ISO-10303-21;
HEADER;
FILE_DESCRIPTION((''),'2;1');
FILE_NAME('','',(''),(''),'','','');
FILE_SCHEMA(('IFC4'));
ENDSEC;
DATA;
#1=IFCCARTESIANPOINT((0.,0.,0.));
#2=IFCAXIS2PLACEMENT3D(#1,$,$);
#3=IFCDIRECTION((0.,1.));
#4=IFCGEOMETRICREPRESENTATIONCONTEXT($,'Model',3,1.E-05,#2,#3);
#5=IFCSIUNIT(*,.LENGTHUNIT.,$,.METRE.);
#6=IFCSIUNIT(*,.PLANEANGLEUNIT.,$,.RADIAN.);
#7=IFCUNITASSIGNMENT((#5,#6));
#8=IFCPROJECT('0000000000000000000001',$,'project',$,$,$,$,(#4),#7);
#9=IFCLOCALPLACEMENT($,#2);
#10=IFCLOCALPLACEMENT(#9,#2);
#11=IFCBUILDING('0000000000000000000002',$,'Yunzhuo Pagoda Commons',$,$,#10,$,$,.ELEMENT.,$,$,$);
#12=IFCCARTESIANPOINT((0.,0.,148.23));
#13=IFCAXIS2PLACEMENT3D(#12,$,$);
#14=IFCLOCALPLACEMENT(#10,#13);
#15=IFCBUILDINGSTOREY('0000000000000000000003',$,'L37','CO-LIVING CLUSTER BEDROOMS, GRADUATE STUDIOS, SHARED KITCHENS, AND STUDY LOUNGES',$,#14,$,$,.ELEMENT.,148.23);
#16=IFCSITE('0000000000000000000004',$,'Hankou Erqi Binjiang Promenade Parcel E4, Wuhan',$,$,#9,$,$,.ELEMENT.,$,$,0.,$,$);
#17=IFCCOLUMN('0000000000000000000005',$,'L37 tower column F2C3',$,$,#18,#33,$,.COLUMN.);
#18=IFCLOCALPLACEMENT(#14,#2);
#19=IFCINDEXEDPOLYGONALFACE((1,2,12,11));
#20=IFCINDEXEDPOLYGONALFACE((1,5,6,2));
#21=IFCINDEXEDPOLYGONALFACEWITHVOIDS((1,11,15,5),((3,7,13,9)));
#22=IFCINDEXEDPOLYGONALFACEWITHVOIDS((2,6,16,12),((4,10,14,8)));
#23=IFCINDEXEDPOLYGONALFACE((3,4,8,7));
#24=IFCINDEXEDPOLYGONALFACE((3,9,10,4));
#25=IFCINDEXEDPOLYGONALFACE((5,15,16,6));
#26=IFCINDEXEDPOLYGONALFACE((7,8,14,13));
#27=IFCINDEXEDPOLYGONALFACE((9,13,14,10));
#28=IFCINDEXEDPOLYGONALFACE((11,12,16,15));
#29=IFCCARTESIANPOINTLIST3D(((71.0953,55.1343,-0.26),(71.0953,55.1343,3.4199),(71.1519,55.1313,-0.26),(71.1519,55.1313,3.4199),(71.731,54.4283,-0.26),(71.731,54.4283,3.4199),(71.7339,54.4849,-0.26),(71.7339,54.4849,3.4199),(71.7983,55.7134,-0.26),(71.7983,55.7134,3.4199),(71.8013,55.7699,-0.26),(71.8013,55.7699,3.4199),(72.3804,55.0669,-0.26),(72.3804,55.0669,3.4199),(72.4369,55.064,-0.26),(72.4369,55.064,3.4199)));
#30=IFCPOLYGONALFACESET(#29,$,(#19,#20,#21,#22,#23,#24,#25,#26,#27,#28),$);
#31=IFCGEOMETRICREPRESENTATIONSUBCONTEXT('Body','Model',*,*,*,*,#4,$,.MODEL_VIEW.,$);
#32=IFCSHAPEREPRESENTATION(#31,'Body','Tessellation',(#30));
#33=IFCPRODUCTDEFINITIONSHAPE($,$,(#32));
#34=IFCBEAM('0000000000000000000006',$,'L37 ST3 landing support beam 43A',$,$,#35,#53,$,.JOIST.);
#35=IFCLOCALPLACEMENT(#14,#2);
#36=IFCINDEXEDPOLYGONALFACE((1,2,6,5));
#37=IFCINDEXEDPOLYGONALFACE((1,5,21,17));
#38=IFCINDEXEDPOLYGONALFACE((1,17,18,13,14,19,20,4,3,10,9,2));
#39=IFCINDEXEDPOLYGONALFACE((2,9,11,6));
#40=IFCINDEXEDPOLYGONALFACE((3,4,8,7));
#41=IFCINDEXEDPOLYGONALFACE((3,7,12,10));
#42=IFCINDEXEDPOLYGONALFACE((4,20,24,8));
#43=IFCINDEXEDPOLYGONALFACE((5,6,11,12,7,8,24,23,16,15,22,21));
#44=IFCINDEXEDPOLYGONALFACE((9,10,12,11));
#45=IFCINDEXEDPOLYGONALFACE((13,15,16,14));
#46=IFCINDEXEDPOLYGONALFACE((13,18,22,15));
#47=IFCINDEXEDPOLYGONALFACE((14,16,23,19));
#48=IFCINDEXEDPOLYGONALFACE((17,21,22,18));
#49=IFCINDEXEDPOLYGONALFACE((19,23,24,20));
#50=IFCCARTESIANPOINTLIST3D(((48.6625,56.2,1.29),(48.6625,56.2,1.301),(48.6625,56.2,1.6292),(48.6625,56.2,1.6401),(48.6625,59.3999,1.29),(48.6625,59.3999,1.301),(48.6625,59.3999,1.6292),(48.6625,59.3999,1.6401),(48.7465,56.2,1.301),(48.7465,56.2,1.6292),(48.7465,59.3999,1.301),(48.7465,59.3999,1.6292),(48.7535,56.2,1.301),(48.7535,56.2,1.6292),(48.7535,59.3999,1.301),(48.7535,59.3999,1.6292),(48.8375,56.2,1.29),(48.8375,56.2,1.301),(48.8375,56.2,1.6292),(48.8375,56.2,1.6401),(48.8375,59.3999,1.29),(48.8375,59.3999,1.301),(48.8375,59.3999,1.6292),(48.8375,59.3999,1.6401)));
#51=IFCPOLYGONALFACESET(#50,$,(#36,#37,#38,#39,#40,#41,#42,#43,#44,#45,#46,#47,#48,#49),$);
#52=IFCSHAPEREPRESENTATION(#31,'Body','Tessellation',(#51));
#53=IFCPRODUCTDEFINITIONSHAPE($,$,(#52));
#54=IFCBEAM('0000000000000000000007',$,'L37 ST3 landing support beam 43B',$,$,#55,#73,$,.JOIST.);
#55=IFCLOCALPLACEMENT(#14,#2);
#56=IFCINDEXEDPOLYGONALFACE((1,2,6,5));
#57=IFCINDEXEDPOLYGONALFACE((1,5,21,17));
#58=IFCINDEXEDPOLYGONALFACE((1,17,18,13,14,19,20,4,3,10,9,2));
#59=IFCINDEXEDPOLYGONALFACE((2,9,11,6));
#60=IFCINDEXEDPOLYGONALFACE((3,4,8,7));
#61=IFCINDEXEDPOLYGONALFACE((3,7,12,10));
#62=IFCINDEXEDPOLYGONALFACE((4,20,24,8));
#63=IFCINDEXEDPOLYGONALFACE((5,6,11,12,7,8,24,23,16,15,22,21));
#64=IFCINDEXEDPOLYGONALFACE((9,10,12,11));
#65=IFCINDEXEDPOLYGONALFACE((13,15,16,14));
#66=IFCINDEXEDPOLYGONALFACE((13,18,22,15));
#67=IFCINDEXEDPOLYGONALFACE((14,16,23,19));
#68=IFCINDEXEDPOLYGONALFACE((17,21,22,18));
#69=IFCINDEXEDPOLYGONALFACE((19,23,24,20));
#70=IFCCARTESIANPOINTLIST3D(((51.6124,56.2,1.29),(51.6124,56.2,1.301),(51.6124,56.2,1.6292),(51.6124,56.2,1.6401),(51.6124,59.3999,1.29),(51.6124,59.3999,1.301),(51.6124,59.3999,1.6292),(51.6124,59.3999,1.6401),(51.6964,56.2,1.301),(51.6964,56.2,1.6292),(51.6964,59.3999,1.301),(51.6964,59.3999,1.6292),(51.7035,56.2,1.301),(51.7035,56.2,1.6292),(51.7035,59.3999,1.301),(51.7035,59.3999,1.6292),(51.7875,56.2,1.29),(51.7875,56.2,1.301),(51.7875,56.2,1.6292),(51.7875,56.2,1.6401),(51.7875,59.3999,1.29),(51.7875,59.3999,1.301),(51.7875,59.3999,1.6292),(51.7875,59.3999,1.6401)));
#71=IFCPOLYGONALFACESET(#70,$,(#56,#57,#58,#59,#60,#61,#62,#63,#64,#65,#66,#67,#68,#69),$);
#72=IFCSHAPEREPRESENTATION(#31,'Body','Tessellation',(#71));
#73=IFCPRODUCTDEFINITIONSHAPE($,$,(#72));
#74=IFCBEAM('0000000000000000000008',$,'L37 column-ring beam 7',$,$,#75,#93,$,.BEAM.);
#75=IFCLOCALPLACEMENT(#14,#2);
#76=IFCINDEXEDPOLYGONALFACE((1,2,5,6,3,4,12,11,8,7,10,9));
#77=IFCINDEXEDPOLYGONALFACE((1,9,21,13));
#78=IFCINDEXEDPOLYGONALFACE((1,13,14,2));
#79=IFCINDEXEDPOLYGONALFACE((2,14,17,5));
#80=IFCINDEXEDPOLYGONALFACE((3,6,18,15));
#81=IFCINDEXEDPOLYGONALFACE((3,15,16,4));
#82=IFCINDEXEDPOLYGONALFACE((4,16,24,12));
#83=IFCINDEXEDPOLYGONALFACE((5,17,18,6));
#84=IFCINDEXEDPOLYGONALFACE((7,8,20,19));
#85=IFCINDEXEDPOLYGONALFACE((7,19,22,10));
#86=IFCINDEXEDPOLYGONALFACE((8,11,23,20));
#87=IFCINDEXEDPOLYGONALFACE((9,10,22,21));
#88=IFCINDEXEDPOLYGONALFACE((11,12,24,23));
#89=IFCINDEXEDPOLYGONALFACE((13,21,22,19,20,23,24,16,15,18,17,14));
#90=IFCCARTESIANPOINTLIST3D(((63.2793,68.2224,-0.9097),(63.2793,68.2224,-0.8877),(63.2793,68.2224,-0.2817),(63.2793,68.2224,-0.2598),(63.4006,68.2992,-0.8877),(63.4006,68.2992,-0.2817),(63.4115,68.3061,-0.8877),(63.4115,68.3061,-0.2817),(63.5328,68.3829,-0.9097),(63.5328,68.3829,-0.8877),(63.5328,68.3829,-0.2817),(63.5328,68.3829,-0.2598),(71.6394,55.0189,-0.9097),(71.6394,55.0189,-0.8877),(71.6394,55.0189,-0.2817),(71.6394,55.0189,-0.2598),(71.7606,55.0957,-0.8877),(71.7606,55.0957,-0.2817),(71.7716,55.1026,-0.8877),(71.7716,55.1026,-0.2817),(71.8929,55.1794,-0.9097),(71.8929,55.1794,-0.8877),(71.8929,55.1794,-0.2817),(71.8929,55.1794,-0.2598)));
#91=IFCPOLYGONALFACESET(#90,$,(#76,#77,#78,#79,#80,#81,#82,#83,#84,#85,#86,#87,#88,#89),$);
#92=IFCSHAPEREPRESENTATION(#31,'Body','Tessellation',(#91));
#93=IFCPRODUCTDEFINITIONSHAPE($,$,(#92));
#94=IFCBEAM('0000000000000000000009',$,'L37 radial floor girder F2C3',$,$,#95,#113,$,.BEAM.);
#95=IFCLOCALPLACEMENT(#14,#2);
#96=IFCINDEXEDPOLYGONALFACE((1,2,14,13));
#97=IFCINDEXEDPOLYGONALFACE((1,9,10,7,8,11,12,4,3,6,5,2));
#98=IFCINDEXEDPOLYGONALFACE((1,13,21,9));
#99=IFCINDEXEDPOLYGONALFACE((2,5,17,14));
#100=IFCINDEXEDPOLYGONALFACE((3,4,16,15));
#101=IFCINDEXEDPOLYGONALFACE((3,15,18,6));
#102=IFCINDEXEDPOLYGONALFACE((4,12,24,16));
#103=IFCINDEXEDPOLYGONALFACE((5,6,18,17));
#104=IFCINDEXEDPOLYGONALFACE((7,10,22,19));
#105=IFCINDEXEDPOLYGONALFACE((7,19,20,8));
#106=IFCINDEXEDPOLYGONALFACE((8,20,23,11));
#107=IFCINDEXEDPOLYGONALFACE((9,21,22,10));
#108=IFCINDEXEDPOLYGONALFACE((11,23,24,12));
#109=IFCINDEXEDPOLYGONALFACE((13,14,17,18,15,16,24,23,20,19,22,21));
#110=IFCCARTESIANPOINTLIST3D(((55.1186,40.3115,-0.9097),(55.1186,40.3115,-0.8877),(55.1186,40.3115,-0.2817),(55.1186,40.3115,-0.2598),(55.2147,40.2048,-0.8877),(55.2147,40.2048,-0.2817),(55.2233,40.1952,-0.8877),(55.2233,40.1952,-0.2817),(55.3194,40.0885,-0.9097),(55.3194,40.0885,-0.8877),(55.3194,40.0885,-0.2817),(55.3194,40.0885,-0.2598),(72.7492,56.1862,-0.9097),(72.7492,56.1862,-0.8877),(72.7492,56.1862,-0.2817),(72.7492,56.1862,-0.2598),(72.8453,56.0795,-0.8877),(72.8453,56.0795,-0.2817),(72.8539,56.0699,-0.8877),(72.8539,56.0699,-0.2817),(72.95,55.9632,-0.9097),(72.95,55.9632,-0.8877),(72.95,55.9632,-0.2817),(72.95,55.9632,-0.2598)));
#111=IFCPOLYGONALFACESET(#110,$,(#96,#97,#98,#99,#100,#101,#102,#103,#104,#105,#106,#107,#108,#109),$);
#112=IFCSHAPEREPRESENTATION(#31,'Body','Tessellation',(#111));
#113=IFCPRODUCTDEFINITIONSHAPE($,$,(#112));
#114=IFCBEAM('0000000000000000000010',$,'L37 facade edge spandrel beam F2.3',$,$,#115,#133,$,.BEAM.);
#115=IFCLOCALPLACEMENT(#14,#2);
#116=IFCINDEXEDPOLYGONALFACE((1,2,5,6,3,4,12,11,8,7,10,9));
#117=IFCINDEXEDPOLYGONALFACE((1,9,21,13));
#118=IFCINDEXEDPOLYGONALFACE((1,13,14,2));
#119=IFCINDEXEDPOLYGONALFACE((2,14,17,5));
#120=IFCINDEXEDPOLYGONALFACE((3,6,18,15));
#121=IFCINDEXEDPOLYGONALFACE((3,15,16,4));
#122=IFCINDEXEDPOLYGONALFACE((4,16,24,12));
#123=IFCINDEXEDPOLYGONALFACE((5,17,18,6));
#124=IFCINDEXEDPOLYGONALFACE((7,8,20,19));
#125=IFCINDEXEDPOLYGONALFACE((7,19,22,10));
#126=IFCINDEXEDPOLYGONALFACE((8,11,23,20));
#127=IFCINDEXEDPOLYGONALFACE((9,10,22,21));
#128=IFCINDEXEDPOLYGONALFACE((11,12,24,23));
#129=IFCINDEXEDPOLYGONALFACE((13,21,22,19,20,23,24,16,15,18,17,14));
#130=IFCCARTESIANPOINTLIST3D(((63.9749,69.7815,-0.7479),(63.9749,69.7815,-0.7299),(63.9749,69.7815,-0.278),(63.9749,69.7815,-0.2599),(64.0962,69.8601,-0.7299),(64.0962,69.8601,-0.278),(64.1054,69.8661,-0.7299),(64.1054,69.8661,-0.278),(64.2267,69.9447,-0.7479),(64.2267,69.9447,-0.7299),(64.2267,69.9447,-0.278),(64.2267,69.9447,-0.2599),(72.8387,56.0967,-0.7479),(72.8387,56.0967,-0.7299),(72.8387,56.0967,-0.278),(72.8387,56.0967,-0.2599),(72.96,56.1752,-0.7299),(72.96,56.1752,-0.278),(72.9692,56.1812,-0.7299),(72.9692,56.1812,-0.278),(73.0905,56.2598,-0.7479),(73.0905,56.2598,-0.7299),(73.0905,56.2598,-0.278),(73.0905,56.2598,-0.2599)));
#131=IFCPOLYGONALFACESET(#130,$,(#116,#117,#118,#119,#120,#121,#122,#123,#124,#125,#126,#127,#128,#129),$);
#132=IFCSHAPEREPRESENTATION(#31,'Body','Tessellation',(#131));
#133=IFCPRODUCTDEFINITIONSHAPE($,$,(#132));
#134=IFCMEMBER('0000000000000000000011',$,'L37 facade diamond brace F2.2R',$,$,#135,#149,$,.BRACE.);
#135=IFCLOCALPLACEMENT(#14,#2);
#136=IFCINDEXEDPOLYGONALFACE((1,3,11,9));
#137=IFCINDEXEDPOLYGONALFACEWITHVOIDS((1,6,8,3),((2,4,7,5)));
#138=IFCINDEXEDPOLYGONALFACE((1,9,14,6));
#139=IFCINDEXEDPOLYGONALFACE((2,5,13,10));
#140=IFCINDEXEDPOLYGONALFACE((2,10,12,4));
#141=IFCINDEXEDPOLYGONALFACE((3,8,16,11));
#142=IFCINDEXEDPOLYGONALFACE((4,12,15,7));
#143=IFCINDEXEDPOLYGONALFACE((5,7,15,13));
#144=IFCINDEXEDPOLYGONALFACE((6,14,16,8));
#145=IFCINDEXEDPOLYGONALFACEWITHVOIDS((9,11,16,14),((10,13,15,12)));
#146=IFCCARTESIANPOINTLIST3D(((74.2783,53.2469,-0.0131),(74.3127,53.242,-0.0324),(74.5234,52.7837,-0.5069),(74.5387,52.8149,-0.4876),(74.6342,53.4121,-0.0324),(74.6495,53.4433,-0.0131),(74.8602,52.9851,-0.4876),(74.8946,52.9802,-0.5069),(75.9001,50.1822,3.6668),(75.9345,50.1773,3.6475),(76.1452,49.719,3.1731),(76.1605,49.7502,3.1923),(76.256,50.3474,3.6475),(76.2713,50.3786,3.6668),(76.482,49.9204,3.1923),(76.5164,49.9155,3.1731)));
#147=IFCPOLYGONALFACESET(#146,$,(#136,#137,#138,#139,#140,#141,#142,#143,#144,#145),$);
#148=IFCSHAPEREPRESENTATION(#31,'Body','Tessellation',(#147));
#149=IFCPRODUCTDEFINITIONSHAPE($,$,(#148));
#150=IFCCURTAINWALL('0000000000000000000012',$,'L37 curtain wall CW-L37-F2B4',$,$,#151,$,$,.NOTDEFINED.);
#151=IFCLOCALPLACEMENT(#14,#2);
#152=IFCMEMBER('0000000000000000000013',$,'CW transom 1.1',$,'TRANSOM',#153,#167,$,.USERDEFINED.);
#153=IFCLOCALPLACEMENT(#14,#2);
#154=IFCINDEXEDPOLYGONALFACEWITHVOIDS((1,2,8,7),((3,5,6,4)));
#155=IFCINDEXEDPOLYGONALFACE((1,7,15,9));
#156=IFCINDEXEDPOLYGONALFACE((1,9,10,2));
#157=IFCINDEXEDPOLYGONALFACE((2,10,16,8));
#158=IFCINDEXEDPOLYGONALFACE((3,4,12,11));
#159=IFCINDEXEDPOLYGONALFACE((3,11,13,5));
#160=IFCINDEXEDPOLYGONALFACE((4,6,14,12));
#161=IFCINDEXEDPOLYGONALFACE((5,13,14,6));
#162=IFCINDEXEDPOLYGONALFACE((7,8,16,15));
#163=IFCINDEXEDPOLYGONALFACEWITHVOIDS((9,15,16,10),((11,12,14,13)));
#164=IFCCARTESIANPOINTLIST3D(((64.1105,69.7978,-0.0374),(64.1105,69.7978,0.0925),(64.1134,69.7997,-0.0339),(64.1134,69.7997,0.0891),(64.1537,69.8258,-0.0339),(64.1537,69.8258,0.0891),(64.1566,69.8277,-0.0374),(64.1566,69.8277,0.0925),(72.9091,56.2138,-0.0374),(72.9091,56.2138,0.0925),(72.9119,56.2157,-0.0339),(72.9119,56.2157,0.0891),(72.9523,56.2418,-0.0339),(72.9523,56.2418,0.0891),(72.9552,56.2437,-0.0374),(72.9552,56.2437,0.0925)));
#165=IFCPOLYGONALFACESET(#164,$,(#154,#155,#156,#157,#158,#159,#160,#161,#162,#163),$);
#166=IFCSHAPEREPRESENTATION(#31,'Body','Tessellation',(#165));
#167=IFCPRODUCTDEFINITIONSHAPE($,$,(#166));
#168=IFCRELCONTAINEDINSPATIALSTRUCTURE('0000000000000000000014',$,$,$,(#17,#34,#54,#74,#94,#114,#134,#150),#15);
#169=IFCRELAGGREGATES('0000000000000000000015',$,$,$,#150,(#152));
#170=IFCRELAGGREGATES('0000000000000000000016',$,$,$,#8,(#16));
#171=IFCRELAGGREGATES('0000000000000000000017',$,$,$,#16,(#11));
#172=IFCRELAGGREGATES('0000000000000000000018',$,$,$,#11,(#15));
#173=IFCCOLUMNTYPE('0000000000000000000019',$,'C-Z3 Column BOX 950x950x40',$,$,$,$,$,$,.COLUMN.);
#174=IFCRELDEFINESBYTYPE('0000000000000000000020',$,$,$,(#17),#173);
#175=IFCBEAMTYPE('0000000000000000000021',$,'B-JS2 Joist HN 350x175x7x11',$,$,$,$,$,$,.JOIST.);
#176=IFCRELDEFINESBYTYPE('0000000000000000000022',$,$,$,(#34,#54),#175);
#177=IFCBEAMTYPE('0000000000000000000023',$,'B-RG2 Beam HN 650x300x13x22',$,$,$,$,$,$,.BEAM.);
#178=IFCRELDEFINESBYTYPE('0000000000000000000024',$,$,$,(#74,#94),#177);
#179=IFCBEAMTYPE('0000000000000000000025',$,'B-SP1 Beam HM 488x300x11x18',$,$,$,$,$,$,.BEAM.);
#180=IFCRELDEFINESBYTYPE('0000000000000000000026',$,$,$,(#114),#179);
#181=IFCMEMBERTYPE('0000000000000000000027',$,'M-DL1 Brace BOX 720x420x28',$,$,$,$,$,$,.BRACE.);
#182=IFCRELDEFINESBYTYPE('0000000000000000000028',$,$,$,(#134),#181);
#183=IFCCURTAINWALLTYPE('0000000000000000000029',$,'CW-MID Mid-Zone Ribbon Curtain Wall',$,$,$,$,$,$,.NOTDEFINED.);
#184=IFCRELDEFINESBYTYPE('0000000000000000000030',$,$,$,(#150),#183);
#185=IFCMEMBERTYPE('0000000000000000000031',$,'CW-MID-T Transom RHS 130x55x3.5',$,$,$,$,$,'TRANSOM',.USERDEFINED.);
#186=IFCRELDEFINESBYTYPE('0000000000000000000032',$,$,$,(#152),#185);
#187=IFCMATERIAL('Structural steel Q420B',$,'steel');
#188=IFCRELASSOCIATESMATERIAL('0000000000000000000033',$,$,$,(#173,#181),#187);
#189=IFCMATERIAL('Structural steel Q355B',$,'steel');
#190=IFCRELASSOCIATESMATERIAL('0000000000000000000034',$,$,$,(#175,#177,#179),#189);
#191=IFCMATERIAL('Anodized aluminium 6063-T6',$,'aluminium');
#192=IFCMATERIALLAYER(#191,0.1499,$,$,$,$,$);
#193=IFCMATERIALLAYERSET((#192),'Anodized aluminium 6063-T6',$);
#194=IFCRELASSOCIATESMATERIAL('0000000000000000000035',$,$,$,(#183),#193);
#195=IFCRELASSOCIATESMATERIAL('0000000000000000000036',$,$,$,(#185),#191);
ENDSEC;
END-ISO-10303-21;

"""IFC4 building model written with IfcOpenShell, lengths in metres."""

from ifc_helpers import new_model, si_unit, direction, frame, origin, origin_2d, place, context, subcontext, project, spatial, hollow_rectangle, i_section, extrude, source, transform, mapped, material, layer, layer_set, material_profile, profile_set, type_object, element, aggregate, save


model = new_model("IFC4")

# Units and contexts
model_context = context("Model", 3, precision=1e-05, world=origin(), true_north=direction((0.0, 1.0)))
body_context = subcontext(model_context, "Body", "Model", "MODEL_VIEW")
ifc_project = project(units=[si_unit("LENGTHUNIT", "METRE"), si_unit("PLANEANGLEUNIT", "RADIAN")], contexts=[model_context])

# Site, building, storey
site_placement = place(None, origin())
site = spatial("IfcSite", under=ifc_project, at=site_placement, Name="Hankou Erqi Binjiang Promenade Parcel E4, Wuhan", CompositionType="ELEMENT", RefElevation=0.0)
building_placement = place(site_placement, origin())
building = spatial("IfcBuilding", under=site, at=building_placement, Name="Yunzhuo Pagoda Commons", CompositionType="ELEMENT")
storey_placement = place(building_placement, frame((0.0, 0.0, 148.23)))
storey = spatial("IfcBuildingStorey", under=building, at=storey_placement, Name="L37", Description="CO-LIVING CLUSTER BEDROOMS, GRADUATE STUDIOS, SHARED KITCHENS, AND STUDY LOUNGES", CompositionType="ELEMENT", Elevation=148.23)

# Column
ifc_material_1 = material(Name="Structural steel Q420B", Category="steel")
ifc_material_profile_1 = material_profile(ifc_material_1, hollow_rectangle(XDim=0.95, YDim=0.95, WallThickness=0.04, at=origin_2d()), Name="Structural steel Q420B")
ifc_profile_set_1 = profile_set([ifc_material_profile_1], Name="Structural steel Q420B")
column_type = type_object("IfcColumnType", Name="C-Z3 Column BOX 950x950x40", PredefinedType="COLUMN", material=ifc_profile_set_1)
shared_shape_1 = source(origin(), body_context, "Body", "SweptSolid", [
    extrude(hollow_rectangle(XDim=0.95, YDim=0.95, WallThickness=0.04, at=origin_2d()), origin(), (0.0, 0.0, 1.0), 3.6799),
])
column_placement = place(storey_placement, frame((71.7661, 55.0991, -0.26), z_axis=(0.0, 0.0, 1.0), x_axis=(-0.669131, 0.743145, 0.0)))
element("IfcColumn", 1, at=column_placement, inside=storey, type_object=column_type, Name="L37 tower column F2C3", PredefinedType="COLUMN", context=body_context, shape_type="MappedRepresentation", body=[
    mapped(shared_shape_1, transform((0.0, 0.0, 0.0), scale=1.0)),
])

# Beams
ifc_material_2 = material(Name="Structural steel Q355B", Category="steel")
ifc_material_profile_2 = material_profile(ifc_material_2, i_section(OverallWidth=0.175, OverallDepth=0.3501, WebThickness=0.0071, FlangeThickness=0.011, at=origin_2d()), Name="Structural steel Q355B")
ifc_profile_set_2 = profile_set([ifc_material_profile_2], Name="Structural steel Q355B")
beam_type_1 = type_object("IfcBeamType", Name="B-JS2 Joist HN 350x175x7x11", PredefinedType="JOIST", material=ifc_profile_set_2)
shared_shape_2 = source(origin(), body_context, "Body", "SweptSolid", [
    extrude(i_section(OverallWidth=0.175, OverallDepth=0.3501, WebThickness=0.0071, FlangeThickness=0.011, at=origin_2d()), origin(), (0.0, 0.0, 1.0), 3.2),
])
for number, where, z_axis, x_axis, name in (
    (2, (48.75, 56.2, 1.4651), (0.0, 1.0, 0.0), (-1.0, 0.0, 0.0), "L37 ST3 landing support beam 43A"),
    (3, (51.7, 56.2, 1.4651), (0.0, 1.0, 0.0), (-1.0, 0.0, 0.0), "L37 ST3 landing support beam 43B"),
):
    element("IfcBeam", number, at=place(storey_placement, frame(where, z_axis=z_axis, x_axis=x_axis)), inside=storey, type_object=beam_type_1, Name=name, PredefinedType="JOIST", context=body_context, shape_type="MappedRepresentation", body=[
        mapped(shared_shape_2, transform((0.0, 0.0, 0.0), scale=1.0)),
    ])
ifc_material_profile_3 = material_profile(ifc_material_2, i_section(OverallWidth=0.3, OverallDepth=0.6499, WebThickness=0.0129, FlangeThickness=0.022, at=origin_2d()), Name="Structural steel Q355B")
ifc_profile_set_3 = profile_set([ifc_material_profile_3], Name="Structural steel Q355B")
beam_type_2 = type_object("IfcBeamType", Name="B-RG2 Beam HN 650x300x13x22", PredefinedType="BEAM", material=ifc_profile_set_3)
shared_shape_3 = source(origin(), body_context, "Body", "SweptSolid", [
    extrude(i_section(OverallWidth=0.3, OverallDepth=0.6499, WebThickness=0.0129, FlangeThickness=0.022, at=origin_2d()), origin(), (0.0, 0.0, 1.0), 15.6277),
])
beam_1_placement = place(storey_placement, frame((71.7661, 55.0991, -0.5847), z_axis=(-0.534952, 0.844882, 0.0), x_axis=(-0.844882, -0.534952, 0.0)))
element("IfcBeam", 4, at=beam_1_placement, inside=storey, type_object=beam_type_2, Name="L37 column-ring beam 7", PredefinedType="BEAM", context=body_context, shape_type="MappedRepresentation", body=[
    mapped(shared_shape_3, transform((0.0, 0.0, 0.0), scale=1.0)),
])
shared_shape_4 = source(origin(), body_context, "Body", "SweptSolid", [
    extrude(i_section(OverallWidth=0.3, OverallDepth=0.6499, WebThickness=0.0129, FlangeThickness=0.022, at=origin_2d()), origin(), (0.0, 0.0, 1.0), 23.7244),
])
beam_2_placement = place(storey_placement, frame((72.8496, 56.0747, -0.5847), z_axis=(-0.743143, -0.669132, 0.0), x_axis=(0.669132, -0.743143, 0.0)))
element("IfcBeam", 5, at=beam_2_placement, inside=storey, type_object=beam_type_2, Name="L37 radial floor girder F2C3", PredefinedType="BEAM", context=body_context, shape_type="MappedRepresentation", body=[
    mapped(shared_shape_4, transform((0.0, 0.0, 0.0), scale=1.0)),
])
ifc_material_profile_4 = material_profile(ifc_material_2, i_section(OverallWidth=0.3, OverallDepth=0.488, WebThickness=0.011, FlangeThickness=0.0181, at=origin_2d()), Name="Structural steel Q355B")
ifc_profile_set_4 = profile_set([ifc_material_profile_4], Name="Structural steel Q355B")
beam_type_3 = type_object("IfcBeamType", Name="B-SP1 Beam HM 488x300x11x18", PredefinedType="BEAM", material=ifc_profile_set_4)
shared_shape_5 = source(origin(), body_context, "Body", "SweptSolid", [
    extrude(i_section(OverallWidth=0.3, OverallDepth=0.488, WebThickness=0.011, FlangeThickness=0.0181, at=origin_2d()), origin(), (0.0, 0.0, 1.0), 16.3047),
])
beam_3_placement = place(storey_placement, frame((72.9646, 56.1782, -0.5039), z_axis=(-0.543636, 0.839321, 0.0), x_axis=(-0.839321, -0.543636, 0.0)))
element("IfcBeam", 6, at=beam_3_placement, inside=storey, type_object=beam_type_3, Name="L37 facade edge spandrel beam F2.3", PredefinedType="BEAM", context=body_context, shape_type="MappedRepresentation", body=[
    mapped(shared_shape_5, transform((0.0, 0.0, 0.0), scale=1.0)),
])

# Member
ifc_material_profile_5 = material_profile(ifc_material_1, hollow_rectangle(XDim=0.4199, YDim=0.72, WallThickness=0.0281, at=origin_2d()), Name="Structural steel Q420B")
ifc_profile_set_5 = profile_set([ifc_material_profile_5], Name="Structural steel Q420B")
member_type_1 = type_object("IfcMemberType", Name="M-DL1 Brace BOX 720x420x28", PredefinedType="BRACE", material=ifc_profile_set_5)
shared_shape_6 = source(origin(), body_context, "Body", "SweptSolid", [
    extrude(hollow_rectangle(XDim=0.4199, YDim=0.72, WallThickness=0.0281, at=origin_2d()), origin(), (0.0, 0.0, 1.0), 5.0562),
])
member_1_placement = place(storey_placement, frame((74.5864, 53.1135, -0.26), z_axis=(0.320763, -0.606133, 0.727814), x_axis=(0.883867, 0.467739, 0.0)))
element("IfcMember", 7, at=member_1_placement, inside=storey, type_object=member_type_1, Name="L37 facade diamond brace F2.2R", PredefinedType="BRACE", context=body_context, shape_type="MappedRepresentation", body=[
    mapped(shared_shape_6, transform((0.0, 0.0, 0.0), scale=1.0)),
])

# Curtain wall, member
ifc_material_3 = material(Name="Anodized aluminium 6063-T6", Category="aluminium")
ifc_layer_1 = layer(ifc_material_3, 0.1499)
ifc_layer_set_1 = layer_set([ifc_layer_1], Name="Anodized aluminium 6063-T6")
curtain_wall_type = type_object("IfcCurtainWallType", Name="CW-MID Mid-Zone Ribbon Curtain Wall", PredefinedType="NOTDEFINED", material=ifc_layer_set_1)
curtain_wall_1_placement = place(storey_placement, origin())
curtain_wall_1 = element("IfcCurtainWall", 8, at=curtain_wall_1_placement, inside=storey, type_object=curtain_wall_type, Name="L37 curtain wall CW-L37-F2B4", PredefinedType="NOTDEFINED")
ifc_material_profile_6 = material_profile(ifc_material_3, hollow_rectangle(XDim=0.0549, YDim=0.1299, WallThickness=0.0034, at=origin_2d()), Name="Anodized aluminium 6063-T6")
ifc_profile_set_6 = profile_set([ifc_material_profile_6], Name="Anodized aluminium 6063-T6")
member_type_2 = type_object("IfcMemberType", Name="CW-MID-T Transom RHS 130x55x3.5", ElementType="TRANSOM", PredefinedType="USERDEFINED", material=ifc_profile_set_6)
shared_shape_7 = source(origin(), body_context, "Body", "SweptSolid", [
    extrude(hollow_rectangle(XDim=0.0549, YDim=0.1299, WallThickness=0.0034, at=origin_2d()), origin(), (0.0, 0.0, 1.0), 16.1846),
])
member_2_placement = place(storey_placement, frame((72.9321, 56.2288, 0.0276), z_axis=(-0.543641, 0.839318, 0.0), x_axis=(-0.839318, -0.543641, 0.0)))
member_2 = element("IfcMember", 9, at=member_2_placement, type_object=member_type_2, Name="CW transom 1.1", ObjectType="TRANSOM", PredefinedType="USERDEFINED", context=body_context, shape_type="MappedRepresentation", body=[
    mapped(shared_shape_7, transform((0.0, 0.0, 0.0), scale=1.0)),
])
aggregate(curtain_wall_1, [member_2])

save(model, "model.ifc")
